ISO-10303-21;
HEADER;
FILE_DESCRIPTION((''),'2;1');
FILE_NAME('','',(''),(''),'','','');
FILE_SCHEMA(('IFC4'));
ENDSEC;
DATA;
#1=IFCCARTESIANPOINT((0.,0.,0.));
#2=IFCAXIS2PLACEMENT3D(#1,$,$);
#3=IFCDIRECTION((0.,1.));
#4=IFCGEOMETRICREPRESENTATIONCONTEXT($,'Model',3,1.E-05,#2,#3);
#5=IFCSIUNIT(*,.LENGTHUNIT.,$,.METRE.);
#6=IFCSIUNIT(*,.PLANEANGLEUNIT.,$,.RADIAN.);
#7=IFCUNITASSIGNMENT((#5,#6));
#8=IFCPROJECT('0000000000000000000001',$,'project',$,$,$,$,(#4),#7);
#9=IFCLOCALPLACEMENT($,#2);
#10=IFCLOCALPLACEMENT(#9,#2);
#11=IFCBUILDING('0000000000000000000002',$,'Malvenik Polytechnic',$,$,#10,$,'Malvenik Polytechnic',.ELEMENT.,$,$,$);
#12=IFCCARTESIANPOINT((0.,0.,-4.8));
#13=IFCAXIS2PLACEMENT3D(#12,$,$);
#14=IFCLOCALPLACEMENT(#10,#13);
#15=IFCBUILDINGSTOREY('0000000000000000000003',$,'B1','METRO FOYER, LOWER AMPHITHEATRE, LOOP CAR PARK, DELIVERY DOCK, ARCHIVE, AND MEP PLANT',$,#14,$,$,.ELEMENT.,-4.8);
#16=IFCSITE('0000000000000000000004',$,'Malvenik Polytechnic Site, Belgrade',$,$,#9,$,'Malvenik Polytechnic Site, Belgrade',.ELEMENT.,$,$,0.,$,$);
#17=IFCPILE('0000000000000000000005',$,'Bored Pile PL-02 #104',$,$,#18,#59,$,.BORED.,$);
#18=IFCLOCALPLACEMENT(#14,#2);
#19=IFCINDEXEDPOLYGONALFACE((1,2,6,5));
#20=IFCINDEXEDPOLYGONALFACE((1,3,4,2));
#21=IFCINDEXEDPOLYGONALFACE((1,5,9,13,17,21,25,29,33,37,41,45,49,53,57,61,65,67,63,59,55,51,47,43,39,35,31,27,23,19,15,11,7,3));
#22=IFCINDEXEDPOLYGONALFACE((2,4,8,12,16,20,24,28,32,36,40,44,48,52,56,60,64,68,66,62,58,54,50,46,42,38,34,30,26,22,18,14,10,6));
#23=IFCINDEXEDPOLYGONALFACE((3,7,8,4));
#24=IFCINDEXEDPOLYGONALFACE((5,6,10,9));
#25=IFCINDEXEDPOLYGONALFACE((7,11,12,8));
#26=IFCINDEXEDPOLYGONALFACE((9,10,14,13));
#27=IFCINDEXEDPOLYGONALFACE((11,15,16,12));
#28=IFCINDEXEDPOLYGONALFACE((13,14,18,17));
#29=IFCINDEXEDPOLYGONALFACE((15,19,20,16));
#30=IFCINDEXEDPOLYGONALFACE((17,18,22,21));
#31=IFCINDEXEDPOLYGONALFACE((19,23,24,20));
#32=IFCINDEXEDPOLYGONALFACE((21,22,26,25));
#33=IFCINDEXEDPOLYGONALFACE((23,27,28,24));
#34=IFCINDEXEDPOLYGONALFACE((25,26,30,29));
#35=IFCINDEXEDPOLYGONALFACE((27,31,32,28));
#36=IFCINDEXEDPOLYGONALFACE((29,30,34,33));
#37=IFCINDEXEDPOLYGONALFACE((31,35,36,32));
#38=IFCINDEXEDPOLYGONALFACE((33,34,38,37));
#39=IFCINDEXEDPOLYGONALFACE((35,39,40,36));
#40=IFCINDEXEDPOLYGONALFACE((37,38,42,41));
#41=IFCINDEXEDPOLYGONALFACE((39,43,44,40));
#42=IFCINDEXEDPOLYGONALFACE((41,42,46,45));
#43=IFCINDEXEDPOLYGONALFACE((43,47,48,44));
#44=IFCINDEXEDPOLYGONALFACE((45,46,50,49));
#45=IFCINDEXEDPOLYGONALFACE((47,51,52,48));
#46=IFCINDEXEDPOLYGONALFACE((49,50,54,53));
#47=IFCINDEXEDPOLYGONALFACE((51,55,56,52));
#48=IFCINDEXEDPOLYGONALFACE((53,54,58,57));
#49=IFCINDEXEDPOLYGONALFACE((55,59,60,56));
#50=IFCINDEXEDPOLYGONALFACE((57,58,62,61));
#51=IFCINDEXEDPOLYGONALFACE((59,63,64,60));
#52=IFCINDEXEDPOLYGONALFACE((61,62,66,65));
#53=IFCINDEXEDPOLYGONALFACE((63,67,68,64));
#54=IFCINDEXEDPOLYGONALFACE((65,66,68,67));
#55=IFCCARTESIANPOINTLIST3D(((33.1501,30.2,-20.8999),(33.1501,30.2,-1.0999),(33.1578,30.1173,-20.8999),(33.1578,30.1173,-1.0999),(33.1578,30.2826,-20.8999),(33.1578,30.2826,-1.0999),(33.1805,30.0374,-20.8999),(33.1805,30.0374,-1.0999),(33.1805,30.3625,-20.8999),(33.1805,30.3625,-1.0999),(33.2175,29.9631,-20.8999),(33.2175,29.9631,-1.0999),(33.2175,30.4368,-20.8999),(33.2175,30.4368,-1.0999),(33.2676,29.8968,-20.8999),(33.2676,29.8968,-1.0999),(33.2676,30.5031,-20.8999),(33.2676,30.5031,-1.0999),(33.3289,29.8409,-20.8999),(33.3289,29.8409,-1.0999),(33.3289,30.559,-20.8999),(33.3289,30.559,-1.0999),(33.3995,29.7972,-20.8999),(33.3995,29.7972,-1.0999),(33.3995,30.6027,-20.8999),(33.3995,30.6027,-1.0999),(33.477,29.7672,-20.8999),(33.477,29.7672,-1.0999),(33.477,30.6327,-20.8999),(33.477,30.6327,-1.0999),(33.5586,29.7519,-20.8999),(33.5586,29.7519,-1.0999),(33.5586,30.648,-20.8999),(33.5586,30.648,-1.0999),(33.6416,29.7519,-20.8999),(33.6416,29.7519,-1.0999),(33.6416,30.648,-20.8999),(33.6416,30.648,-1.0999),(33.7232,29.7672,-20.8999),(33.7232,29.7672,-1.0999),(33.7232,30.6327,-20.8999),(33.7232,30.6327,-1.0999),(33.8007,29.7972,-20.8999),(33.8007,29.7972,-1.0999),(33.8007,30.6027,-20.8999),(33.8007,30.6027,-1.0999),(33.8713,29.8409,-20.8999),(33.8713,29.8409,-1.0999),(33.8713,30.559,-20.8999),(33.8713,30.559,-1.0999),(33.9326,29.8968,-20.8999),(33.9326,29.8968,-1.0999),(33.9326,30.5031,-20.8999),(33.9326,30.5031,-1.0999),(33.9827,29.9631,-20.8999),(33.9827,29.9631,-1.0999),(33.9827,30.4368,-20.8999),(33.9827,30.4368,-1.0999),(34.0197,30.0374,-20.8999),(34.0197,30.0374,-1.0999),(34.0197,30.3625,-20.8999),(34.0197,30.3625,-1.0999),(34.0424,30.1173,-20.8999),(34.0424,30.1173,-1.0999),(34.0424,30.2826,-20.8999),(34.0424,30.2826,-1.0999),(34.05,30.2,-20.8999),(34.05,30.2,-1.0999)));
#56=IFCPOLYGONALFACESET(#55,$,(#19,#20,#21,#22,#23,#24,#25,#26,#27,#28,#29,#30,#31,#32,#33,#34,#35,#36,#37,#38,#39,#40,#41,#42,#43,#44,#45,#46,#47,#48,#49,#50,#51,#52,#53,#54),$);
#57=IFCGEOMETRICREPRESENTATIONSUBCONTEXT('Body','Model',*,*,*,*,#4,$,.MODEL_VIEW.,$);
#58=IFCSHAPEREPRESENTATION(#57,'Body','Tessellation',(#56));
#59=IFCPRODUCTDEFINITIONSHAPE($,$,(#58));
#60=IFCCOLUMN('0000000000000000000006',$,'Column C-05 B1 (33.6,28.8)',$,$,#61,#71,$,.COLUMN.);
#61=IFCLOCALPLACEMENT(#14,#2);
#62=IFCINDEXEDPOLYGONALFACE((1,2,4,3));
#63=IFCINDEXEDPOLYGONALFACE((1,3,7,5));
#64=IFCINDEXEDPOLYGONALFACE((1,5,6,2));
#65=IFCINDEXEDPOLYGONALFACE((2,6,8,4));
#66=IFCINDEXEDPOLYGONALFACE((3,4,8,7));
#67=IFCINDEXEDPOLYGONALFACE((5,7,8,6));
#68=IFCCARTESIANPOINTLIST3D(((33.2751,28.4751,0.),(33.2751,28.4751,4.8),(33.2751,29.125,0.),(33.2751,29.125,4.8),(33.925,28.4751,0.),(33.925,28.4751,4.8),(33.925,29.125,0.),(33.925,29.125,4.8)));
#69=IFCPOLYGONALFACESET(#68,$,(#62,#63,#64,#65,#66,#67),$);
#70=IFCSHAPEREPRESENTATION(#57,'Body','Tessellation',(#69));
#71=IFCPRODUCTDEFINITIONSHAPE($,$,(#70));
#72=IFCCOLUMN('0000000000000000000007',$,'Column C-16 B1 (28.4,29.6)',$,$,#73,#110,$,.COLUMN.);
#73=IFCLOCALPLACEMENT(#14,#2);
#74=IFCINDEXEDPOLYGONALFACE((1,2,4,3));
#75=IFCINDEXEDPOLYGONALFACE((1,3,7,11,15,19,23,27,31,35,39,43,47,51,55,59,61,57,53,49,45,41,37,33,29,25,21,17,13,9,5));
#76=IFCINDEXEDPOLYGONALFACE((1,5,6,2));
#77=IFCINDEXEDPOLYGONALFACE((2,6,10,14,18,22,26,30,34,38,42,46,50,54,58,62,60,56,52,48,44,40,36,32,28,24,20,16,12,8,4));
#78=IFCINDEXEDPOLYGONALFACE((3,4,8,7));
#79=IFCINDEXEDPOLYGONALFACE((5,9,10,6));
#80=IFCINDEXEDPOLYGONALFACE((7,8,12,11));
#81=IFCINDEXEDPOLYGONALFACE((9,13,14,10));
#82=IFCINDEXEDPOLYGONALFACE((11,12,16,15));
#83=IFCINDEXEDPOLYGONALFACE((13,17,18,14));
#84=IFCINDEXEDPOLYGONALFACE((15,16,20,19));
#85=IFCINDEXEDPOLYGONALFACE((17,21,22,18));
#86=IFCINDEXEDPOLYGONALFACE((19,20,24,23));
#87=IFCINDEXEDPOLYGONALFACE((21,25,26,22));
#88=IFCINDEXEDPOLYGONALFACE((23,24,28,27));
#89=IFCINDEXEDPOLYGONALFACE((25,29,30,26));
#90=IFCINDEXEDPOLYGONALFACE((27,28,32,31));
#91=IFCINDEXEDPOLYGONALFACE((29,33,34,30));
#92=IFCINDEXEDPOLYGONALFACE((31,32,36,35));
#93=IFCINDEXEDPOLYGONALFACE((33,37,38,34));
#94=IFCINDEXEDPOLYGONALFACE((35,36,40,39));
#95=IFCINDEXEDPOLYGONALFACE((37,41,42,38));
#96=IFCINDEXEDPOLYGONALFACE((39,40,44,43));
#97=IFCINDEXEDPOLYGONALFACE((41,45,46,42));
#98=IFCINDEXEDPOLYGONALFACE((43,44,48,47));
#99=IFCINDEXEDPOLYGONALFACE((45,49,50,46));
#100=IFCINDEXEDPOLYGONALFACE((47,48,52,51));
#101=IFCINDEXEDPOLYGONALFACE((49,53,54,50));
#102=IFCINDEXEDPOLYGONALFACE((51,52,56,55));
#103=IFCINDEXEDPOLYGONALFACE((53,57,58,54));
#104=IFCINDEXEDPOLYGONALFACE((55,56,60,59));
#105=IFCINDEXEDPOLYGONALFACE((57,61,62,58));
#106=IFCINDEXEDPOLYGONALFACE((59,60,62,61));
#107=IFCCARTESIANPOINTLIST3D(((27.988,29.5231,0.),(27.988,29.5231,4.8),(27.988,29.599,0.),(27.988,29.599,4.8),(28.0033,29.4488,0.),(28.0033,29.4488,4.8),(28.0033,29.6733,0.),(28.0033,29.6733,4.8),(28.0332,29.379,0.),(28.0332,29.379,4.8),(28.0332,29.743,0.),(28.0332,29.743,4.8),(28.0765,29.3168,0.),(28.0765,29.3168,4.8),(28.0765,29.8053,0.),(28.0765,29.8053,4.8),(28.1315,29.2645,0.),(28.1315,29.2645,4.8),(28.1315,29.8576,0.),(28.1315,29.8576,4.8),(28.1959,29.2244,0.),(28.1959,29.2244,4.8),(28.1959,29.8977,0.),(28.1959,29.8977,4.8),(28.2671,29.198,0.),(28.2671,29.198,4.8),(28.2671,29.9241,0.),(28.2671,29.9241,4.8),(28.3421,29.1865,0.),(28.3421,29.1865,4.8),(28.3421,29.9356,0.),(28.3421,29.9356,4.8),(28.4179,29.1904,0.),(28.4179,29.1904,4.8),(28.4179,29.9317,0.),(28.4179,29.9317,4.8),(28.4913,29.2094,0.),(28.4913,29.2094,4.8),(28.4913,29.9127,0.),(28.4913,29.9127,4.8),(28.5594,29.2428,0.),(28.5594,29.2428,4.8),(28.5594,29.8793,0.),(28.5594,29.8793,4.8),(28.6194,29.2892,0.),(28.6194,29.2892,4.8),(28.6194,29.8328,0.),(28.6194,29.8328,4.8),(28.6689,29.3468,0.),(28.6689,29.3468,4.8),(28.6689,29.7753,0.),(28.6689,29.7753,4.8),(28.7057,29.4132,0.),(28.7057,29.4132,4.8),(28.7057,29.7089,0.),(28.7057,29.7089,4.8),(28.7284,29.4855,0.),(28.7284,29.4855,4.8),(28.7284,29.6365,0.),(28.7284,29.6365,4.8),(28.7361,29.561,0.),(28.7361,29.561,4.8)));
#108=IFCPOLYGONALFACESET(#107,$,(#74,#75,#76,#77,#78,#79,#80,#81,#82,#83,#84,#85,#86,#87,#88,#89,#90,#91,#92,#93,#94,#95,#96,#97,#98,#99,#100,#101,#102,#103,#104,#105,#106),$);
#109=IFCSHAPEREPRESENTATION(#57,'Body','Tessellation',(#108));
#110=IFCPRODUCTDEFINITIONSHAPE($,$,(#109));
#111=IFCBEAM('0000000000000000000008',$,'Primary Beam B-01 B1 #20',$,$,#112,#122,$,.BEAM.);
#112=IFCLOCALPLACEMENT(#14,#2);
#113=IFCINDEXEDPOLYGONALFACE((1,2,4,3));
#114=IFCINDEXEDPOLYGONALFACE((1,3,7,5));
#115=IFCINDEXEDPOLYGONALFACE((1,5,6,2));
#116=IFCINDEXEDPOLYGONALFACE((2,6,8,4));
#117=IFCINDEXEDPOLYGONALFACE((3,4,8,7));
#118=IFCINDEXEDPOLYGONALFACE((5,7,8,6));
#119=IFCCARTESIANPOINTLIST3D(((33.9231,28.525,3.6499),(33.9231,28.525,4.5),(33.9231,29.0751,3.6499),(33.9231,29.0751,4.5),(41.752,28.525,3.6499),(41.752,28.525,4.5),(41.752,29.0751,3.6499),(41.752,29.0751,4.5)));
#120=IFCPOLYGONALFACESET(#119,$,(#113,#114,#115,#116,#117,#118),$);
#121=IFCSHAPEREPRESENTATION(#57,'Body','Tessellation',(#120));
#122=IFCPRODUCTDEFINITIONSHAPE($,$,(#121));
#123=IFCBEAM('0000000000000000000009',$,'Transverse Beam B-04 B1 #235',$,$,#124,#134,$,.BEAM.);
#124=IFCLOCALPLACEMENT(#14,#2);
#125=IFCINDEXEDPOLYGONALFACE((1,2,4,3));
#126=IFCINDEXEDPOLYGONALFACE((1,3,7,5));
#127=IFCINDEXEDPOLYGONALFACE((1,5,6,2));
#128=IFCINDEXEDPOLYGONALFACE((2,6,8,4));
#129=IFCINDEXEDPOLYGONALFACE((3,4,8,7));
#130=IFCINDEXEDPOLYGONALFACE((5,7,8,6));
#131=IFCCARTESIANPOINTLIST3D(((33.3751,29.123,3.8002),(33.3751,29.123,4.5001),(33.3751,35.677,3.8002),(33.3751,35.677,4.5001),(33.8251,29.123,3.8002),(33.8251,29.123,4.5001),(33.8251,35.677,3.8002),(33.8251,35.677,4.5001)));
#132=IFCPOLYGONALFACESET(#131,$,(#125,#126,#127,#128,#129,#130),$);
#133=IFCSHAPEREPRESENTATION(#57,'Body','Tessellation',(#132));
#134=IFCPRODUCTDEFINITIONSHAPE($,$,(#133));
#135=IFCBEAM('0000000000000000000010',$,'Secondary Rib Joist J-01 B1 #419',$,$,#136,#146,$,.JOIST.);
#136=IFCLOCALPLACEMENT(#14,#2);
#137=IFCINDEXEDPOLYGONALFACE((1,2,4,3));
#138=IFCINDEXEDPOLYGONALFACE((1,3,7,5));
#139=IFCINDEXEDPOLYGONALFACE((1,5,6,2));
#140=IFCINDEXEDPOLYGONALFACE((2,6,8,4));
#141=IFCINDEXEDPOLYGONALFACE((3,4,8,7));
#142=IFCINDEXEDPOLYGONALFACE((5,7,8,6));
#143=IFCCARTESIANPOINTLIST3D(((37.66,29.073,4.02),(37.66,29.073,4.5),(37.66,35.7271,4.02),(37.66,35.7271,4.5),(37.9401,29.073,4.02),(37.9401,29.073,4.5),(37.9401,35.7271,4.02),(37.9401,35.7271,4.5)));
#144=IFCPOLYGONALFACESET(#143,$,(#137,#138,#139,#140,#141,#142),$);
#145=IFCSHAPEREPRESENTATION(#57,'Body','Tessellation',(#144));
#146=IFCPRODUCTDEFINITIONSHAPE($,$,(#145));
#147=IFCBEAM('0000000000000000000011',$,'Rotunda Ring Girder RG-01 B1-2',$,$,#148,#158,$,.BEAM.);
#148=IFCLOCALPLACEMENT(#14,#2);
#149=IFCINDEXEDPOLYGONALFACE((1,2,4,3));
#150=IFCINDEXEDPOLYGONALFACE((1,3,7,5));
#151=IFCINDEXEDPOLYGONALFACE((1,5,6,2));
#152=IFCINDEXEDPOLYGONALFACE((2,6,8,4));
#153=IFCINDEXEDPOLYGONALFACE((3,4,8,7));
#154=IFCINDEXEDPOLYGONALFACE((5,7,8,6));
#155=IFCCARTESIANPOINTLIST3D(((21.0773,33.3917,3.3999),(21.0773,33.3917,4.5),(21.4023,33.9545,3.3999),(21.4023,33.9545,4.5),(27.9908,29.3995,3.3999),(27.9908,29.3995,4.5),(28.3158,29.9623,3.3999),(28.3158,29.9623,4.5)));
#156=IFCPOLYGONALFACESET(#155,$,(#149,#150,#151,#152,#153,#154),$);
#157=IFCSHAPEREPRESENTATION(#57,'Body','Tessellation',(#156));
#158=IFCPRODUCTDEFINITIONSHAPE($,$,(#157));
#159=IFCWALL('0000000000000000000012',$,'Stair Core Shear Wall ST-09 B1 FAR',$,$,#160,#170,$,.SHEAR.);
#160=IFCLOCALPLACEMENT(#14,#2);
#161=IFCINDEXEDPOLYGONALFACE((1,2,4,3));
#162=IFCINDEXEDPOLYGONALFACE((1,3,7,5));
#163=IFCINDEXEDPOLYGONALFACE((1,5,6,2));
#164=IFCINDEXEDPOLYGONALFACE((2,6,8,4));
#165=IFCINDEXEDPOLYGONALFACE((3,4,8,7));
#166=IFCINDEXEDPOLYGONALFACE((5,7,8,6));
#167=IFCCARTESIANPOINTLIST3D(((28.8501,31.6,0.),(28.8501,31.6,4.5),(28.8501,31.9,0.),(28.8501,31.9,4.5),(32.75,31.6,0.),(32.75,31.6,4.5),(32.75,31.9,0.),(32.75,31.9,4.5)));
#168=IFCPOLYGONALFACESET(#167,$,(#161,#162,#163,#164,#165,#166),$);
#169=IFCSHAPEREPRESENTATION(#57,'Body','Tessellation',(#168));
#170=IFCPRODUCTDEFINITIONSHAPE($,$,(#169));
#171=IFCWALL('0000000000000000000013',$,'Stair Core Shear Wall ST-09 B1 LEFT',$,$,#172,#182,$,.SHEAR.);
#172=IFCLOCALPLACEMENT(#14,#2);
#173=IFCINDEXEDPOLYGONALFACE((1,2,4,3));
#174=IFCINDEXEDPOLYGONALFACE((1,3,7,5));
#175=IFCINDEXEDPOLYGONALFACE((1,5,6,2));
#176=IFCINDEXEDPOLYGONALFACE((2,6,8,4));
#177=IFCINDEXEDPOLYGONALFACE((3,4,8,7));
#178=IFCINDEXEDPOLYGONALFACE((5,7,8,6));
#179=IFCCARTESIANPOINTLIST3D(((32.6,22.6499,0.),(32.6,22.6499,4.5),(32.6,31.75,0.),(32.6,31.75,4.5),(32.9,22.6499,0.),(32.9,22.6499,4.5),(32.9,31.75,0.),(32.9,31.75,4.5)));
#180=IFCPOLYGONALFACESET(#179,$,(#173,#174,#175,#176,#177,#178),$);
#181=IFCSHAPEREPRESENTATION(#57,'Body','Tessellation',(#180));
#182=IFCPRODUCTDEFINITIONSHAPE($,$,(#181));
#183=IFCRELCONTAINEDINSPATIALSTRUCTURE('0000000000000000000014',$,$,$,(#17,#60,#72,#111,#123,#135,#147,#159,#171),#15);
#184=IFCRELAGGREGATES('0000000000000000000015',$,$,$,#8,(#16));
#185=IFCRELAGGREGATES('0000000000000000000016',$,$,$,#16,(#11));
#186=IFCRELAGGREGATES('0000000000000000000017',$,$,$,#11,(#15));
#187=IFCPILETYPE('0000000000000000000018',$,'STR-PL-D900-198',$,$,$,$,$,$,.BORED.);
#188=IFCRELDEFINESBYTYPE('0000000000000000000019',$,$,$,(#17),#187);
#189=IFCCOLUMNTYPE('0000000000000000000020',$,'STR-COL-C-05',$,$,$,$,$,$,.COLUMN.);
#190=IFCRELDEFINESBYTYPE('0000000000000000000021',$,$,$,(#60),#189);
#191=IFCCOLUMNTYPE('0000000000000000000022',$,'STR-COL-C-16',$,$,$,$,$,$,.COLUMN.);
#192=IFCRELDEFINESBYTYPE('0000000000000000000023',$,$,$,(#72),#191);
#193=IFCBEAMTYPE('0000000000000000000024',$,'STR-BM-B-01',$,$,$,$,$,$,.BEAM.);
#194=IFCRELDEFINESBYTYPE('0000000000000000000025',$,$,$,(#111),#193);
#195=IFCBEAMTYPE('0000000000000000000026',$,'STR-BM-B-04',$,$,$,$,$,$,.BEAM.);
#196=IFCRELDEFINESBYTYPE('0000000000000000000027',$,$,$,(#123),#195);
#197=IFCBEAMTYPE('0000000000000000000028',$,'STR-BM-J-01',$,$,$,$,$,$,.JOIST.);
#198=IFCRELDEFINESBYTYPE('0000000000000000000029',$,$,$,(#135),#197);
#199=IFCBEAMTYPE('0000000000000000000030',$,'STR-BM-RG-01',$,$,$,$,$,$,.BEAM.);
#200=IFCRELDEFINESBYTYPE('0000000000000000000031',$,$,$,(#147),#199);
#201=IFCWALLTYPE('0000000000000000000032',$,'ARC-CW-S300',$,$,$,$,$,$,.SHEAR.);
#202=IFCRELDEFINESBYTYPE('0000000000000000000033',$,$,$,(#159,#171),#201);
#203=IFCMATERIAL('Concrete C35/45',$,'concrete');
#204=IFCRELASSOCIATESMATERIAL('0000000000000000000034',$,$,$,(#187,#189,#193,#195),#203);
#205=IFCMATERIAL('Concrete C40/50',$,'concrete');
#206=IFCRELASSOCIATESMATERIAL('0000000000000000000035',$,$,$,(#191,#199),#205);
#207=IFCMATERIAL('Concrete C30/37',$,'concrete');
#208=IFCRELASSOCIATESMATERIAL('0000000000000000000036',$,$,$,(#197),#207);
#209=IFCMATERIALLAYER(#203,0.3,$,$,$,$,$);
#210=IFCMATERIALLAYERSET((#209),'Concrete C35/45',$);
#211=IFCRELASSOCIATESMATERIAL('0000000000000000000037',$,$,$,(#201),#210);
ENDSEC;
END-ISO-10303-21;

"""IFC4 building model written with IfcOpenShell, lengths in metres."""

from ifc_helpers import new_model, si_unit, direction, frame, frame_2d, origin, origin_2d, place, context, subcontext, project, spatial, rectangle, circle, extrude, material, layer, layer_set, material_profile, profile_set, type_object, element, save


model = new_model("IFC4")

# Units and contexts
model_context = context("Model", 3, precision=1e-05, world=origin(), true_north=direction((0.0, 1.0)))
body_context = subcontext(model_context, "Body", "Model", "MODEL_VIEW")
ifc_project = project(units=[si_unit("LENGTHUNIT", "METRE"), si_unit("PLANEANGLEUNIT", "RADIAN")], contexts=[model_context])

# Site, building, storey
site_placement = place(None, origin())
site = spatial("IfcSite", under=ifc_project, at=site_placement, Name="Malvenik Polytechnic Site, Belgrade", LongName="Malvenik Polytechnic Site, Belgrade", CompositionType="ELEMENT", RefElevation=0.0)
building_placement = place(site_placement, origin())
building = spatial("IfcBuilding", under=site, at=building_placement, Name="Malvenik Polytechnic", LongName="Malvenik Polytechnic", CompositionType="ELEMENT")
storey_placement = place(building_placement, frame((0.0, 0.0, -4.8)))
storey = spatial("IfcBuildingStorey", under=building, at=storey_placement, Name="B1", Description="METRO FOYER, LOWER AMPHITHEATRE, LOOP CAR PARK, DELIVERY DOCK, ARCHIVE, AND MEP PLANT", CompositionType="ELEMENT", Elevation=-4.8)

# Shared definitions
ifc_material_1 = material(Name="Concrete C35/45", Category="concrete")

# Pile
ifc_material_profile_1 = material_profile(ifc_material_1, circle(Radius=0.45, at=origin_2d()), Name="BORED PILE D900")
ifc_profile_set_1 = profile_set([ifc_material_profile_1], Name="Concrete C35/45")
pile_type_1 = type_object("IfcPileType", Name="STR-PL-D900-198", PredefinedType="BORED", material=ifc_profile_set_1)
for number, where, z_axis, x_axis, name in (
    (1, (33.6001, 30.2, -1.0999), (0.0, 0.0, -1.0), (1.0, 0.0, 0.0), "Bored Pile PL-02 #104"),
):
    element("IfcPile", number, at=place(storey_placement, frame(where, z_axis=z_axis, x_axis=x_axis)), inside=storey, type_object=pile_type_1, Name=name, PredefinedType="BORED", context=body_context, shape_type="SweptSolid", body=[
        extrude(circle(Radius=0.45, at=origin_2d()), origin(), (0.0, 0.0, 1.0), 19.8),
    ])

# Columns
ifc_material_profile_2 = material_profile(ifc_material_1, rectangle(XDim=0.6499, YDim=0.6499, at=origin_2d()), Name="RC COL 650x650")
ifc_profile_set_2 = profile_set([ifc_material_profile_2], Name="Concrete C35/45")
column_type_1 = type_object("IfcColumnType", Name="STR-COL-C-05", PredefinedType="COLUMN", material=ifc_profile_set_2)
column_1_placement = place(storey_placement, frame((33.6001, 28.8, 0.0), z_axis=(0.0, 0.0, 1.0), x_axis=(1.0, 0.0, 0.0)))
element("IfcColumn", 2, at=column_1_placement, inside=storey, type_object=column_type_1, Name="Column C-05 B1 (33.6,28.8)", PredefinedType="COLUMN", context=body_context, shape_type="SweptSolid", body=[
    extrude(rectangle(XDim=0.6499, YDim=0.6499, at=origin_2d()), origin(), (0.0, 0.0, 1.0), 4.8),
])
ifc_material_2 = material(Name="Concrete C40/50", Category="concrete")
ifc_material_profile_3 = material_profile(ifc_material_2, circle(Radius=0.375, at=origin_2d()), Name="RC COL D750")
ifc_profile_set_3 = profile_set([ifc_material_profile_3], Name="Concrete C40/50")
column_type_2 = type_object("IfcColumnType", Name="STR-COL-C-16", PredefinedType="COLUMN", material=ifc_profile_set_3)
column_2_placement = place(storey_placement, frame((28.3611, 29.561, 0.0), z_axis=(0.0, 0.0, 1.0), x_axis=(1.0, 0.0, 0.0)))
element("IfcColumn", 3, at=column_2_placement, inside=storey, type_object=column_type_2, Name="Column C-16 B1 (28.4,29.6)", PredefinedType="COLUMN", context=body_context, shape_type="SweptSolid", body=[
    extrude(circle(Radius=0.375, at=origin_2d()), origin(), (0.0, 0.0, 1.0), 4.8),
])

# Beams
ifc_material_profile_4 = material_profile(ifc_material_1, rectangle(XDim=0.55, YDim=0.8501, at=origin_2d()), Name="RC BM 550x850")
ifc_profile_set_4 = profile_set([ifc_material_profile_4], Name="Concrete C35/45")
beam_type_1 = type_object("IfcBeamType", Name="STR-BM-B-01", PredefinedType="BEAM", material=ifc_profile_set_4)
beam_1_placement = place(storey_placement, frame((33.9231, 28.8, 4.075), z_axis=(1.0, 0.0, 0.0), x_axis=(0.0, 1.0, 0.0)))
element("IfcBeam", 4, at=beam_1_placement, inside=storey, type_object=beam_type_1, Name="Primary Beam B-01 B1 #20", PredefinedType="BEAM", context=body_context, shape_type="SweptSolid", body=[
    extrude(rectangle(XDim=0.55, YDim=0.8501, at=origin_2d()), origin(), (0.0, 0.0, 1.0), 7.8289),
])
ifc_material_profile_5 = material_profile(ifc_material_1, rectangle(XDim=0.45, YDim=0.7, at=origin_2d()), Name="RC BM 450x700")
ifc_profile_set_5 = profile_set([ifc_material_profile_5], Name="Concrete C35/45")
beam_type_2 = type_object("IfcBeamType", Name="STR-BM-B-04", PredefinedType="BEAM", material=ifc_profile_set_5)
beam_2_placement = place(storey_placement, frame((33.6001, 29.123, 4.1501), z_axis=(0.0, 1.0, 0.0), x_axis=(-1.0, 0.0, 0.0)))
element("IfcBeam", 5, at=beam_2_placement, inside=storey, type_object=beam_type_2, Name="Transverse Beam B-04 B1 #235", PredefinedType="BEAM", context=body_context, shape_type="SweptSolid", body=[
    extrude(rectangle(XDim=0.45, YDim=0.7, at=origin_2d()), origin(), (0.0, 0.0, 1.0), 6.554),
])
ifc_material_3 = material(Name="Concrete C30/37", Category="concrete")
ifc_material_profile_6 = material_profile(ifc_material_3, rectangle(XDim=0.28, YDim=0.48, at=origin_2d()), Name="RC JST 280x480")
ifc_profile_set_6 = profile_set([ifc_material_profile_6], Name="Concrete C30/37")
beam_type_3 = type_object("IfcBeamType", Name="STR-BM-J-01", PredefinedType="JOIST", material=ifc_profile_set_6)
beam_3_placement = place(storey_placement, frame((37.8, 29.073, 4.26), z_axis=(0.0, 1.0, 0.0), x_axis=(-1.0, 0.0, 0.0)))
element("IfcBeam", 6, at=beam_3_placement, inside=storey, type_object=beam_type_3, Name="Secondary Rib Joist J-01 B1 #419", PredefinedType="JOIST", context=body_context, shape_type="SweptSolid", body=[
    extrude(rectangle(XDim=0.28, YDim=0.48, at=origin_2d()), origin(), (0.0, 0.0, 1.0), 6.6541),
])
ifc_material_profile_7 = material_profile(ifc_material_2, rectangle(XDim=0.6499, YDim=1.1001, at=origin_2d()), Name="RC RG 650x1100")
ifc_profile_set_7 = profile_set([ifc_material_profile_7], Name="Concrete C40/50")
beam_type_4 = type_object("IfcBeamType", Name="STR-BM-RG-01", PredefinedType="BEAM", material=ifc_profile_set_7)
beam_4_placement = place(storey_placement, frame((28.1533, 29.6809, 3.95), z_axis=(-0.865991, 0.50006, 0.0), x_axis=(-0.50006, -0.865991, 0.0)))
element("IfcBeam", 7, at=beam_4_placement, inside=storey, type_object=beam_type_4, Name="Rotunda Ring Girder RG-01 B1-2", PredefinedType="BEAM", context=body_context, shape_type="SweptSolid", body=[
    extrude(rectangle(XDim=0.6499, YDim=1.1001, at=origin_2d()), origin(), (0.0, 0.0, 1.0), 7.9834),
])

# Walls
ifc_layer_1 = layer(ifc_material_1, 0.3)
ifc_layer_set_1 = layer_set([ifc_layer_1], Name="Concrete C35/45")
wall_type = type_object("IfcWallType", Name="ARC-CW-S300", PredefinedType="SHEAR", material=ifc_layer_set_1)
wall_1_placement = place(storey_placement, frame((28.8501, 31.75, 0.0), z_axis=(0.0, 0.0, 1.0), x_axis=(1.0, 0.0, 0.0)))
element("IfcWall", 8, at=wall_1_placement, inside=storey, type_object=wall_type, Name="Stair Core Shear Wall ST-09 B1 FAR", PredefinedType="SHEAR", context=body_context, shape_type="SweptSolid", body=[
    extrude(rectangle(XDim=3.8999, YDim=0.3, at=frame_2d((1.95, 0.0))), origin(), (0.0, 0.0, 1.0), 4.5),
])
wall_2_placement = place(storey_placement, frame((32.75, 31.75, 0.0), z_axis=(0.0, 0.0, 1.0), x_axis=(0.0, -1.0, 0.0)))
element("IfcWall", 9, at=wall_2_placement, inside=storey, type_object=wall_type, Name="Stair Core Shear Wall ST-09 B1 LEFT", PredefinedType="SHEAR", context=body_context, shape_type="SweptSolid", body=[
    extrude(rectangle(XDim=9.1001, YDim=0.3, at=frame_2d((4.55, 0.0))), origin(), (0.0, 0.0, 1.0), 4.5),
])

save(model, "model.ifc")
